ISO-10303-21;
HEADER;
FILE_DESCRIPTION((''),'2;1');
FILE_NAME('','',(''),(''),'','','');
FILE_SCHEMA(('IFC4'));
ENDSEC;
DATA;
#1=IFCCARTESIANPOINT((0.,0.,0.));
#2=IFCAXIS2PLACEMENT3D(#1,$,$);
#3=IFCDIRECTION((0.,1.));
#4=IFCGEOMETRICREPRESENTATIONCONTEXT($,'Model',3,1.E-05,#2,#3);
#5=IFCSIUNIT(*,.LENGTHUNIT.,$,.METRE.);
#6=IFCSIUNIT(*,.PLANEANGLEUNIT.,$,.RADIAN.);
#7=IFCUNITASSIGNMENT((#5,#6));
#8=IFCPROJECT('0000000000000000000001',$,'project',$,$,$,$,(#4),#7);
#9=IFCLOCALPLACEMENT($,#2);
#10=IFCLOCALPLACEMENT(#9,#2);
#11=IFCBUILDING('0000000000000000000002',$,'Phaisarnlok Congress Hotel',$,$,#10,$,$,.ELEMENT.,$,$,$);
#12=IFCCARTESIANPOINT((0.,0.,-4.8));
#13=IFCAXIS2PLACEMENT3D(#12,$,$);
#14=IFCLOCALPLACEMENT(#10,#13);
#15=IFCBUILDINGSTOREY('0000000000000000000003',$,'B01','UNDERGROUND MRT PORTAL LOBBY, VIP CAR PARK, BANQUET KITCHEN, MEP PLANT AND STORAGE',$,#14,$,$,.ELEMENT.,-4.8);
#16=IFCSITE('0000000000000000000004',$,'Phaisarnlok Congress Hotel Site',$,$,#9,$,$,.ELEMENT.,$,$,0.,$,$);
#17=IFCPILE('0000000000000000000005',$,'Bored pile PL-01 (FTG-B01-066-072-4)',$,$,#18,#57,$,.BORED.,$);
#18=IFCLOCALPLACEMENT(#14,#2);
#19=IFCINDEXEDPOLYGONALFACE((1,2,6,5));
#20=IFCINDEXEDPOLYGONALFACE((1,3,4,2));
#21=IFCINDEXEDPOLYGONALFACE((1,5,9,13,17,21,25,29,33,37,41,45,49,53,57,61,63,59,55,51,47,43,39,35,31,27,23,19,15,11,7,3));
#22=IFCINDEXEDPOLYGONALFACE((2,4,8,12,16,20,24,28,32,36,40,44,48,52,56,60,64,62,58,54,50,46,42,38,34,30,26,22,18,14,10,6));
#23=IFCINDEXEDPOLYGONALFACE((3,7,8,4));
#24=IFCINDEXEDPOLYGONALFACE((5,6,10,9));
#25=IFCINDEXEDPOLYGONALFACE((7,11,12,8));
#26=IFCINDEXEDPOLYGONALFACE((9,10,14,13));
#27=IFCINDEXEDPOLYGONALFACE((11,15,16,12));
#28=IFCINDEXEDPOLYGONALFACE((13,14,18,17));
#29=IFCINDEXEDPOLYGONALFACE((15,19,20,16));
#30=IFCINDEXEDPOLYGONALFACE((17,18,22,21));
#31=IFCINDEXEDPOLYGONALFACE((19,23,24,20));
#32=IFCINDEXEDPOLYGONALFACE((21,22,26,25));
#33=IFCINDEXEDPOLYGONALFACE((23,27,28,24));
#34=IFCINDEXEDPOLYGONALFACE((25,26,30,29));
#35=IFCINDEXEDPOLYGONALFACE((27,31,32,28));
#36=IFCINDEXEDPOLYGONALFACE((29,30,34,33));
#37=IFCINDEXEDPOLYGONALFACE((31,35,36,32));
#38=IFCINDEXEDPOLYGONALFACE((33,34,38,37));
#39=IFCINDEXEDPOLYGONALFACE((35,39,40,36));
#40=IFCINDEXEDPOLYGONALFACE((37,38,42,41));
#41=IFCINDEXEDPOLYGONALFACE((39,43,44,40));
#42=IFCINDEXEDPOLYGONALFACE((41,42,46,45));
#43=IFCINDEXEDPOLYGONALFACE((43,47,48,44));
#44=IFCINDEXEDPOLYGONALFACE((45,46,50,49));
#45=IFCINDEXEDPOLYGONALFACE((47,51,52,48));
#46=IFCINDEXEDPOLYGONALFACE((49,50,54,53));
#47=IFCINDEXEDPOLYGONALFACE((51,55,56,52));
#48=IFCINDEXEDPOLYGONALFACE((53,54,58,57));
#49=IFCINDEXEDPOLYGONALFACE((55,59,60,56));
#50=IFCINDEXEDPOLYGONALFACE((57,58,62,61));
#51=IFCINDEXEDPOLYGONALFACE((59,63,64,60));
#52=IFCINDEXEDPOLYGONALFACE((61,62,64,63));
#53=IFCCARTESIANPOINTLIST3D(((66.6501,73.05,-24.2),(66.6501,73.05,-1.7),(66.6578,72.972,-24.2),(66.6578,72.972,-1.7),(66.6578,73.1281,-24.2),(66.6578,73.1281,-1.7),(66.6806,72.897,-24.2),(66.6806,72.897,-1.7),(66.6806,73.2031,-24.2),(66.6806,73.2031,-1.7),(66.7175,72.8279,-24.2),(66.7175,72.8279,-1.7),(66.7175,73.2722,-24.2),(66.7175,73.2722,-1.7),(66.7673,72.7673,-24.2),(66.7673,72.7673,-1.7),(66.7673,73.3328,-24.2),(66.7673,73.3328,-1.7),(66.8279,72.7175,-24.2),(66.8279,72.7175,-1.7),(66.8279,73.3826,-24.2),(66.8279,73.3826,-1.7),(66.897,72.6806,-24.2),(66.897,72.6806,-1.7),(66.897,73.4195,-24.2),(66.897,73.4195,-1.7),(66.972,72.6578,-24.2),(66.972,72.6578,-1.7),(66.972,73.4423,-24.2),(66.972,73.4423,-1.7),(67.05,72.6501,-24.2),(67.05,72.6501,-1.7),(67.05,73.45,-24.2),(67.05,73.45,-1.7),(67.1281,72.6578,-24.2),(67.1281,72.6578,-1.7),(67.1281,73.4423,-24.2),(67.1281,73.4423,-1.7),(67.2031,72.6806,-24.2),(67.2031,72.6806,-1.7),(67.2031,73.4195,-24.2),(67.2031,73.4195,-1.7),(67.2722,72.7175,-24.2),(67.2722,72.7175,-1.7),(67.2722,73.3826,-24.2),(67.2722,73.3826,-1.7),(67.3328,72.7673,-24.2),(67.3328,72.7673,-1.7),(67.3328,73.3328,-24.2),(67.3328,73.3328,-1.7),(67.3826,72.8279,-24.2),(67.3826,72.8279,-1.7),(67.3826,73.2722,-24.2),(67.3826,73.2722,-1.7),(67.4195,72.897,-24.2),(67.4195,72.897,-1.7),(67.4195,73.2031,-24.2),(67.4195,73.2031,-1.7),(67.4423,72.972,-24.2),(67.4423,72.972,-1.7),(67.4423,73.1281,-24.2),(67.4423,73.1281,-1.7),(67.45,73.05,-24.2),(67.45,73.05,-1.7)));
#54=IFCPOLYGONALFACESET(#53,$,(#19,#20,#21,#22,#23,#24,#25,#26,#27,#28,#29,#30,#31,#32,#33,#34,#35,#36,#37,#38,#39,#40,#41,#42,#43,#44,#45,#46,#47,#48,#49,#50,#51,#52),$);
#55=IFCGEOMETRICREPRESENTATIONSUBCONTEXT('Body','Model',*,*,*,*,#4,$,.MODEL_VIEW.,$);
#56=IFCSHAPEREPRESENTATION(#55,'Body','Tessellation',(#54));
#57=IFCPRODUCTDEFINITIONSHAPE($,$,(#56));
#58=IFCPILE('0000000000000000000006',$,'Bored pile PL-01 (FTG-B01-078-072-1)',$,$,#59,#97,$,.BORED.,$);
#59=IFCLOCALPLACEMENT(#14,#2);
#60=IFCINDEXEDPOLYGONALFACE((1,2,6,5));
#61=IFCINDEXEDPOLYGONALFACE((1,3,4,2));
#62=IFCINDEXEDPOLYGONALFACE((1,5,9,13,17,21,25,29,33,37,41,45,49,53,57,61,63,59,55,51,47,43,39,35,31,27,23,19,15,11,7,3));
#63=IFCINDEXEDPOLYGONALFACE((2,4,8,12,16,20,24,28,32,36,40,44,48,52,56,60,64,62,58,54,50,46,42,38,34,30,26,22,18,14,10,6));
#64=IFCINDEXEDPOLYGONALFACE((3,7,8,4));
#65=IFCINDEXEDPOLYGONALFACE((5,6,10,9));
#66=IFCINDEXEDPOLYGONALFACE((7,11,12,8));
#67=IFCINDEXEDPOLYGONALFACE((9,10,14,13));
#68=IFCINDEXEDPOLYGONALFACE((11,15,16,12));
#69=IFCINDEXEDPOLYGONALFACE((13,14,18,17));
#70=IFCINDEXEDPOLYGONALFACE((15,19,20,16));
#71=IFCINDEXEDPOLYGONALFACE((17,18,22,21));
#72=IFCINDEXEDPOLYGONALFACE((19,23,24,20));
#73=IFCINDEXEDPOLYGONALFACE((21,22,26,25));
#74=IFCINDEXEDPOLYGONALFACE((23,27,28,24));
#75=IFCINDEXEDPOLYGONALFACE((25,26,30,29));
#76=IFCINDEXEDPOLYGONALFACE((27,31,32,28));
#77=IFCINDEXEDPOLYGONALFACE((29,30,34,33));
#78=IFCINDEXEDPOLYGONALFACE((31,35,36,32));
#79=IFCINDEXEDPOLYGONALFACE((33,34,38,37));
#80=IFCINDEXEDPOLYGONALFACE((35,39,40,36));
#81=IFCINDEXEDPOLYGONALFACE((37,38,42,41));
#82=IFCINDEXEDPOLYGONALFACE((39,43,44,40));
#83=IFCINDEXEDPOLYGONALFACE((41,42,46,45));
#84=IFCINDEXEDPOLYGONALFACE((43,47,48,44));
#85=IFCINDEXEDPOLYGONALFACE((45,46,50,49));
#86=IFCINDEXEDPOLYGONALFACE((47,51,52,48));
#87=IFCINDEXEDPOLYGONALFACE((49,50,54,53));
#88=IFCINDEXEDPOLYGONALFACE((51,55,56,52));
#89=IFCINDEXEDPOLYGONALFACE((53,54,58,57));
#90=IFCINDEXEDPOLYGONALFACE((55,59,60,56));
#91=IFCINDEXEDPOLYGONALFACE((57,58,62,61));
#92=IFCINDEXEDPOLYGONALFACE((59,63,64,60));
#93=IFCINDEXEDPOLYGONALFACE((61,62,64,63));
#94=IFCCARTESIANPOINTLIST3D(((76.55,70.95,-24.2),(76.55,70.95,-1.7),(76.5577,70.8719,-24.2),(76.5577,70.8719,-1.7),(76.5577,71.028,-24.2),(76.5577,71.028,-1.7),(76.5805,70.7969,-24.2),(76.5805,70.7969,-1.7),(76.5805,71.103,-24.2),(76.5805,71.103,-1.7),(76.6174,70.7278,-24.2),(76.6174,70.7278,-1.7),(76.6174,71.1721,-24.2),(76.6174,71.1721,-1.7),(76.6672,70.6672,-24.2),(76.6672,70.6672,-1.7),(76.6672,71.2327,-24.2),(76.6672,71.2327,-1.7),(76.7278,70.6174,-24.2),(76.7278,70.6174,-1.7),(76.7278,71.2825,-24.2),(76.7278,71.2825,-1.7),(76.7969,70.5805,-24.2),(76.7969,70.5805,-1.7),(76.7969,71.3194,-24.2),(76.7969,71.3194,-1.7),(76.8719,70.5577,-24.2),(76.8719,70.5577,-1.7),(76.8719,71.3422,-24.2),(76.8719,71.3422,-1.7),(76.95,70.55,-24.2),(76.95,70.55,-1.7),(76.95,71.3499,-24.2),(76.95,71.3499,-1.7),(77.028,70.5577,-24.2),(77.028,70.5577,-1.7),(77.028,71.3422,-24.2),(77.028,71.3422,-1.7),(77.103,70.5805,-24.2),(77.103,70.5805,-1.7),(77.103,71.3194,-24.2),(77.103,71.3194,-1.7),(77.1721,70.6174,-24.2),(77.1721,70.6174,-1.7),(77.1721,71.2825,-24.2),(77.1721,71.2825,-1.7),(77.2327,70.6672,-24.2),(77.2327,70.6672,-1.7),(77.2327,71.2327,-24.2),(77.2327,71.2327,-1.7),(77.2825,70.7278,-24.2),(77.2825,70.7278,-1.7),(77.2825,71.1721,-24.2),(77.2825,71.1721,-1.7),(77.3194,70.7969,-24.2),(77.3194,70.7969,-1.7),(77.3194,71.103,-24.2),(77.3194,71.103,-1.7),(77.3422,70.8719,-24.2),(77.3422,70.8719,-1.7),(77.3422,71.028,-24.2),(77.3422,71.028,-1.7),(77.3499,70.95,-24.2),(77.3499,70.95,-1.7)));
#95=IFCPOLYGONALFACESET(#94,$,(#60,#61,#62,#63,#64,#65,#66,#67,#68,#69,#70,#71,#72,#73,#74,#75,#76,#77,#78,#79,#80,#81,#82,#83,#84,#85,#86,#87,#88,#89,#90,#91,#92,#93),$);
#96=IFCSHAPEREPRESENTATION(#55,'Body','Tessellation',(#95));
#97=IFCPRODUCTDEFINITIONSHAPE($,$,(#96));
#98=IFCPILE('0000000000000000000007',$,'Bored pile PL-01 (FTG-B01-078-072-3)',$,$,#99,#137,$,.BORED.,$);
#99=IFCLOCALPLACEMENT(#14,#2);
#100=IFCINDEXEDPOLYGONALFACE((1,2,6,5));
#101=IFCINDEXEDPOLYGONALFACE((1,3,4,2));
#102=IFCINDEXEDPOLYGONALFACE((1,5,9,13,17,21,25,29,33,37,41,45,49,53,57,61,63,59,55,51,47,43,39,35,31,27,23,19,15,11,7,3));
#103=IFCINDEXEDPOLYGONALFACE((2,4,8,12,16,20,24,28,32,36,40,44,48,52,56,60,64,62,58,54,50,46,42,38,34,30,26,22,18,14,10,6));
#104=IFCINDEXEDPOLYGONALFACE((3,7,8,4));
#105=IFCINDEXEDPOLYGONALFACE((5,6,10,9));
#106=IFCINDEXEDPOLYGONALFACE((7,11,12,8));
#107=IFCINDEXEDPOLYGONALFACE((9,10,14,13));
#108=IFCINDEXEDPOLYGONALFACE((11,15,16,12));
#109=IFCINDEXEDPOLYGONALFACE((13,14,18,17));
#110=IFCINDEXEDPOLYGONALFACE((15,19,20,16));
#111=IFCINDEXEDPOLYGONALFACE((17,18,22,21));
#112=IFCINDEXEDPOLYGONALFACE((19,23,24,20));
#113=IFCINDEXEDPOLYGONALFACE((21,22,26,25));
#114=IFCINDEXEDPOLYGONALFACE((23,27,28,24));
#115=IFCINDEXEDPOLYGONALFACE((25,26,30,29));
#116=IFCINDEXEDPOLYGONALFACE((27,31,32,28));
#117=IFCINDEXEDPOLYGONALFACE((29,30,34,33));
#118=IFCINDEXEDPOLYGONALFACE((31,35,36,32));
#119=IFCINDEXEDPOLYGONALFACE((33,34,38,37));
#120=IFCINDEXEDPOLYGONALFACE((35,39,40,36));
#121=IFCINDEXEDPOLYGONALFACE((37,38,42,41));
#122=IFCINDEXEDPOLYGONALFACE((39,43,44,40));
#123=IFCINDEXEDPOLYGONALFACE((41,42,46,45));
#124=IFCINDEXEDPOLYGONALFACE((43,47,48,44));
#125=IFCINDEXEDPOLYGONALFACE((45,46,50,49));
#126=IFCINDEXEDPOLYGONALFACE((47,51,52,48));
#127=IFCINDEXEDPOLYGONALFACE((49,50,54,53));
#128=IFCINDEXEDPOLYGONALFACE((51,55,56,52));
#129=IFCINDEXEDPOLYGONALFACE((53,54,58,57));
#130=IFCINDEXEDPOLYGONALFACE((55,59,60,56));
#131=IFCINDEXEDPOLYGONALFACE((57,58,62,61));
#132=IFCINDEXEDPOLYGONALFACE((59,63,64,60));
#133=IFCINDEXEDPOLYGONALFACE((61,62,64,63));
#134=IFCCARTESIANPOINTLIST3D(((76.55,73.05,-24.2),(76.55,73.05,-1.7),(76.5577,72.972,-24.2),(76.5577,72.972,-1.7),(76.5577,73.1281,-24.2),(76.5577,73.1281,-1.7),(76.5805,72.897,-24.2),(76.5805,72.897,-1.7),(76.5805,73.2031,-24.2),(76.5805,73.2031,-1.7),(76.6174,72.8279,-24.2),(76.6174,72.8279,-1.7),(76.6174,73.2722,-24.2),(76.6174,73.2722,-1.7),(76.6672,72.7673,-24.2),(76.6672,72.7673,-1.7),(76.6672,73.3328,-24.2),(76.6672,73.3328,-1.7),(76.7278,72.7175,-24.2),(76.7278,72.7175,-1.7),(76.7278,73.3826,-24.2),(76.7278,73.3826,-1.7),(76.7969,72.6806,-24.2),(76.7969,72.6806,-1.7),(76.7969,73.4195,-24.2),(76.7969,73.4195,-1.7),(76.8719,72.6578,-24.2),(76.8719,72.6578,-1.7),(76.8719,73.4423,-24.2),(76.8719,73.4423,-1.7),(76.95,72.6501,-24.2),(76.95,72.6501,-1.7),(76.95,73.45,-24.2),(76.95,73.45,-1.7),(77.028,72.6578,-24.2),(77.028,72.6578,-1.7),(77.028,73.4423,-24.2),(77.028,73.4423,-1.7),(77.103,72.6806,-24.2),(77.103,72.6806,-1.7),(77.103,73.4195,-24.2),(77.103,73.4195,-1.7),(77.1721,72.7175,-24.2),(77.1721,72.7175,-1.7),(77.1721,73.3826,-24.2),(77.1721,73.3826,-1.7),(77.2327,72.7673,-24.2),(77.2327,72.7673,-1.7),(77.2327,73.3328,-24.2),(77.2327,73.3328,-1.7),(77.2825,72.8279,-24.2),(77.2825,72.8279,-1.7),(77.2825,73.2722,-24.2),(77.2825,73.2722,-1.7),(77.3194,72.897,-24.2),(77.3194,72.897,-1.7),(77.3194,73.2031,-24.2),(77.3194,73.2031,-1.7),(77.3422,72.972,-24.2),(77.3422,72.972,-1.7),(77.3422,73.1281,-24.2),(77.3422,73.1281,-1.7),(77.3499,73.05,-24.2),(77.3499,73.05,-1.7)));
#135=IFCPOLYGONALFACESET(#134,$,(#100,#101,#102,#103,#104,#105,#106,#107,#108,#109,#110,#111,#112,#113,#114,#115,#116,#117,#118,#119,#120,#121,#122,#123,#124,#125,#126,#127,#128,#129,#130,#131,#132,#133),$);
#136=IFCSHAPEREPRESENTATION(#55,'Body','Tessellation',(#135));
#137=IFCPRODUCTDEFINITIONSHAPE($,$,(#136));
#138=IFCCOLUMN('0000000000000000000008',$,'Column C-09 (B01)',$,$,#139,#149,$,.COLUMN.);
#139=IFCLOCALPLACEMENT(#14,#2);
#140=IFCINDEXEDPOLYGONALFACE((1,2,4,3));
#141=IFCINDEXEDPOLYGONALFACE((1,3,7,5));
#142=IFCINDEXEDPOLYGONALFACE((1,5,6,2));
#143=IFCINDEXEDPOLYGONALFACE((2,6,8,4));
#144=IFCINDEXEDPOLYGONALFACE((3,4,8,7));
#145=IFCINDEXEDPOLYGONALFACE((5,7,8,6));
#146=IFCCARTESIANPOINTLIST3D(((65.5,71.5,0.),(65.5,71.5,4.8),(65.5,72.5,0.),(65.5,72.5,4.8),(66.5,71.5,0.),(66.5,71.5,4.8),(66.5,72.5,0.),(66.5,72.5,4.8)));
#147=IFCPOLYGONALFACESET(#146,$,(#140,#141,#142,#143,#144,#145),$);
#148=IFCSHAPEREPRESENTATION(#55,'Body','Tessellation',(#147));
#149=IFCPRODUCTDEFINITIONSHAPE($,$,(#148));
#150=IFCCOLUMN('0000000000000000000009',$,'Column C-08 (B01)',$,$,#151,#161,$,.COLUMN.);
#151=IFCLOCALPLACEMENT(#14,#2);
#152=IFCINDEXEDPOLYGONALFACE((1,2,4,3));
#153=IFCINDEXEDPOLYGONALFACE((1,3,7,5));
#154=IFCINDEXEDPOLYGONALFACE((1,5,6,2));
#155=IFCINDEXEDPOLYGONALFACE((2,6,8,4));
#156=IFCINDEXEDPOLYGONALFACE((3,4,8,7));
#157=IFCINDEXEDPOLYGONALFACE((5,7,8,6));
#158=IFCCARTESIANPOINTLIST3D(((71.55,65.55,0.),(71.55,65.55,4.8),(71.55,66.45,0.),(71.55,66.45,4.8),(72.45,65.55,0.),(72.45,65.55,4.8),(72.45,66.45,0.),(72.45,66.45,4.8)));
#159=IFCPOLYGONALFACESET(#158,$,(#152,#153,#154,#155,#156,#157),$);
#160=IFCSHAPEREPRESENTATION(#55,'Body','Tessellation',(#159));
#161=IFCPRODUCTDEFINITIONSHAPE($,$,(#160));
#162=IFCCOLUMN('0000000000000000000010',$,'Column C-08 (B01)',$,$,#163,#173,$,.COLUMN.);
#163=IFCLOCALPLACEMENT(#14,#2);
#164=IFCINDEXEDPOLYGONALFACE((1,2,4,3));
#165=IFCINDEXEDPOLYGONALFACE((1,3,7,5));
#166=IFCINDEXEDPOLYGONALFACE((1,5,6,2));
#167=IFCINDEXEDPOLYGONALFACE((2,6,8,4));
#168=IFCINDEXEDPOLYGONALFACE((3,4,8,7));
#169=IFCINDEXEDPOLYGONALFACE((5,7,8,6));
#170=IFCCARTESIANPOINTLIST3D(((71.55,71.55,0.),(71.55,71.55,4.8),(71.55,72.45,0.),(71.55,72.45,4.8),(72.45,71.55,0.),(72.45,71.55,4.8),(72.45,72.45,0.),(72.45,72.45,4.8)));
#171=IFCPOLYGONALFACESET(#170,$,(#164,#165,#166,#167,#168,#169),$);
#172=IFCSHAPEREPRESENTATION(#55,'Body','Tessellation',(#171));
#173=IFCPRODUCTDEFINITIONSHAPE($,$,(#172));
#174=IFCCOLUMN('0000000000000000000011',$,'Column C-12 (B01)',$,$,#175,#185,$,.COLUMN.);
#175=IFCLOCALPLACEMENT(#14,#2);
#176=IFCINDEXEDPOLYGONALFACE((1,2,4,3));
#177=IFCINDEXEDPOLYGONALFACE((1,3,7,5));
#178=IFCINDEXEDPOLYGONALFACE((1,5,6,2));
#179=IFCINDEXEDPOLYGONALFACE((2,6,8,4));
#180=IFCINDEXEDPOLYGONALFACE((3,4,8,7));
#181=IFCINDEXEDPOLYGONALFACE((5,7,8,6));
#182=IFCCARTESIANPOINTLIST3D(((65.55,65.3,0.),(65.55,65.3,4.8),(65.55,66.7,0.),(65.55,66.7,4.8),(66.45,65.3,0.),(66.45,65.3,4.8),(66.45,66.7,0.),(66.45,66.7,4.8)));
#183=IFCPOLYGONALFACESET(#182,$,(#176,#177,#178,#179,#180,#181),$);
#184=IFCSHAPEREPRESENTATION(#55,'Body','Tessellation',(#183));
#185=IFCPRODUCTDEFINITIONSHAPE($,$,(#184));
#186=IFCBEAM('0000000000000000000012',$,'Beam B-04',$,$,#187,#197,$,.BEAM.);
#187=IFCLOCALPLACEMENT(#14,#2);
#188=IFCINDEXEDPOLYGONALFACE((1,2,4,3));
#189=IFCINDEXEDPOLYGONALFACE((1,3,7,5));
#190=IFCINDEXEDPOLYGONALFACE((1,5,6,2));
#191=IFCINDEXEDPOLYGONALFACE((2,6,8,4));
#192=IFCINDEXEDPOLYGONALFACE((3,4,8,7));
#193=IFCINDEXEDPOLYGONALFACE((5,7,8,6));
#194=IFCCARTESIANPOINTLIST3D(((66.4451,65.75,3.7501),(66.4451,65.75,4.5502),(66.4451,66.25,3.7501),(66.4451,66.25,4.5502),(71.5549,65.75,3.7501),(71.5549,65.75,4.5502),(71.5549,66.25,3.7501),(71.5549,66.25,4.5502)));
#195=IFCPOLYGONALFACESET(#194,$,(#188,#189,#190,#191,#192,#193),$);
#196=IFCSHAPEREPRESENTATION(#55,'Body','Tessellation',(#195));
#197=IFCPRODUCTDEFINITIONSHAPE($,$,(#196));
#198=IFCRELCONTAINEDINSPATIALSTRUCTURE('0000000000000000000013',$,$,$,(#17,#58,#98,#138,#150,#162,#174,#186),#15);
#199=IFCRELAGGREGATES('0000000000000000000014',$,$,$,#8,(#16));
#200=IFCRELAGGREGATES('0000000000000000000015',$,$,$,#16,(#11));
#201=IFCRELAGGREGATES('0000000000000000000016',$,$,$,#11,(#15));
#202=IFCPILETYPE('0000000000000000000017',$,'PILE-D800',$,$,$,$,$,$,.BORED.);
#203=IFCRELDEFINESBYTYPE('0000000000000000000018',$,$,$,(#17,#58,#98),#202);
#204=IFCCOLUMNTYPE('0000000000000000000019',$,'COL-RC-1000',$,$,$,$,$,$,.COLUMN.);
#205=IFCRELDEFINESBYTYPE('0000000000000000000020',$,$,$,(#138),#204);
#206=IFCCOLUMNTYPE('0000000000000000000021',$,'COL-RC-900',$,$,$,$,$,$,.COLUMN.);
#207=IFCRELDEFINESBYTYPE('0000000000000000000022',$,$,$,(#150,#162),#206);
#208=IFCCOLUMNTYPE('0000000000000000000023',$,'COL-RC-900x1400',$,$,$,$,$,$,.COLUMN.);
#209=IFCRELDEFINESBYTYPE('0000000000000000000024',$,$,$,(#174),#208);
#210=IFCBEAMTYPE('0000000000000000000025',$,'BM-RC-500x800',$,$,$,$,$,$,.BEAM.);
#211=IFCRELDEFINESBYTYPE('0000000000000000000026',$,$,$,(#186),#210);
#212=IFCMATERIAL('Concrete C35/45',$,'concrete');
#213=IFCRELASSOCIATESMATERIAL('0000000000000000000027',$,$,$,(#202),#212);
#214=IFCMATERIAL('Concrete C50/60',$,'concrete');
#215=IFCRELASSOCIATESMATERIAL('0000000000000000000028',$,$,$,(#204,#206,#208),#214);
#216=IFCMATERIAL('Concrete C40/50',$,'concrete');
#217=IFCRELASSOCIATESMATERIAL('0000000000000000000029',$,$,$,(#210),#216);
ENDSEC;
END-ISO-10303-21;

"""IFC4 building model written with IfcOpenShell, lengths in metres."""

from ifc_helpers import new_model, si_unit, direction, frame, origin, origin_2d, place, context, subcontext, project, spatial, rectangle, circle, extrude, material, material_profile, profile_set, type_object, element, save


model = new_model("IFC4")

# Units and contexts
model_context = context("Model", 3, precision=1e-05, world=origin(), true_north=direction((0.0, 1.0)))
body_context = subcontext(model_context, "Body", "Model", "MODEL_VIEW")
ifc_project = project(units=[si_unit("LENGTHUNIT", "METRE"), si_unit("PLANEANGLEUNIT", "RADIAN")], contexts=[model_context])

# Site, building, storey
site_placement = place(None, origin())
site = spatial("IfcSite", under=ifc_project, at=site_placement, Name="Phaisarnlok Congress Hotel Site", CompositionType="ELEMENT", RefElevation=0.0)
building_placement = place(site_placement, origin())
building = spatial("IfcBuilding", under=site, at=building_placement, Name="Phaisarnlok Congress Hotel", CompositionType="ELEMENT")
storey_placement = place(building_placement, frame((0.0, 0.0, -4.8)))
storey = spatial("IfcBuildingStorey", under=building, at=storey_placement, Name="B01", Description="UNDERGROUND MRT PORTAL LOBBY, VIP CAR PARK, BANQUET KITCHEN, MEP PLANT AND STORAGE", CompositionType="ELEMENT", Elevation=-4.8)

# Shared definitions
ifc_material_1 = material(Name="Concrete C40/50", Category="concrete")

# Piles
ifc_material_2 = material(Name="Concrete C35/45", Category="concrete")
ifc_material_profile_1 = material_profile(ifc_material_2, circle(Radius=0.3999, at=origin_2d()), Name="BORED PILE D800")
ifc_profile_set_1 = profile_set([ifc_material_profile_1], Name="Concrete C35/45")
pile_type_1 = type_object("IfcPileType", Name="PILE-D800", PredefinedType="BORED", material=ifc_profile_set_1)
for number, where, z_axis, x_axis, name in (
    (1, (67.05, 73.05, -1.7), (0.0, 0.0, -1.0), (1.0, 0.0, 0.0), "Bored pile PL-01 (FTG-B01-066-072-4)"),
    (2, (76.95, 70.95, -1.7), (0.0, 0.0, -1.0), (1.0, 0.0, 0.0), "Bored pile PL-01 (FTG-B01-078-072-1)"),
    (3, (76.95, 73.05, -1.7), (0.0, 0.0, -1.0), (1.0, 0.0, 0.0), "Bored pile PL-01 (FTG-B01-078-072-3)"),
):
    element("IfcPile", number, at=place(storey_placement, frame(where, z_axis=z_axis, x_axis=x_axis)), inside=storey, type_object=pile_type_1, Name=name, PredefinedType="BORED", context=body_context, shape_type="SweptSolid", body=[
        extrude(circle(Radius=0.3999, at=origin_2d()), origin(), (0.0, 0.0, 1.0), 22.5),
    ])

# Columns
ifc_material_3 = material(Name="Concrete C50/60", Category="concrete")
ifc_material_profile_2 = material_profile(ifc_material_3, rectangle(XDim=1.0, YDim=1.0, at=origin_2d()), Name="RC 1000x1000")
ifc_profile_set_2 = profile_set([ifc_material_profile_2], Name="Concrete C50/60")
column_type_1 = type_object("IfcColumnType", Name="COL-RC-1000", PredefinedType="COLUMN", material=ifc_profile_set_2)
column_1_placement = place(storey_placement, frame((66.0, 72.0, 0.0), z_axis=(0.0, 0.0, 1.0), x_axis=(1.0, 0.0, 0.0)))
element("IfcColumn", 4, at=column_1_placement, inside=storey, type_object=column_type_1, Name="Column C-09 (B01)", PredefinedType="COLUMN", context=body_context, shape_type="SweptSolid", body=[
    extrude(rectangle(XDim=1.0, YDim=1.0, at=origin_2d()), origin(), (0.0, 0.0, 1.0), 4.8),
])
ifc_material_profile_3 = material_profile(ifc_material_3, rectangle(XDim=0.8999, YDim=0.8999, at=origin_2d()), Name="RC 900x900")
ifc_profile_set_3 = profile_set([ifc_material_profile_3], Name="Concrete C50/60")
column_type_2 = type_object("IfcColumnType", Name="COL-RC-900", PredefinedType="COLUMN", material=ifc_profile_set_3)
for number, where, z_axis, x_axis, name in (
    (5, (72.0, 66.0, 0.0), (0.0, 0.0, 1.0), (1.0, 0.0, 0.0), "Column C-08 (B01)"),
    (6, (72.0, 72.0, 0.0), (0.0, 0.0, 1.0), (1.0, 0.0, 0.0), "Column C-08 (B01)"),
):
    element("IfcColumn", number, at=place(storey_placement, frame(where, z_axis=z_axis, x_axis=x_axis)), inside=storey, type_object=column_type_2, Name=name, PredefinedType="COLUMN", context=body_context, shape_type="SweptSolid", body=[
        extrude(rectangle(XDim=0.8999, YDim=0.8999, at=origin_2d()), origin(), (0.0, 0.0, 1.0), 4.8),
    ])
ifc_material_profile_4 = material_profile(ifc_material_3, rectangle(XDim=0.8999, YDim=1.3999, at=origin_2d()), Name="RC 900x1400")
ifc_profile_set_4 = profile_set([ifc_material_profile_4], Name="Concrete C50/60")
column_type_3 = type_object("IfcColumnType", Name="COL-RC-900x1400", PredefinedType="COLUMN", material=ifc_profile_set_4)
column_2_placement = place(storey_placement, frame((66.0, 66.0, 0.0), z_axis=(0.0, 0.0, 1.0), x_axis=(1.0, 0.0, 0.0)))
element("IfcColumn", 7, at=column_2_placement, inside=storey, type_object=column_type_3, Name="Column C-12 (B01)", PredefinedType="COLUMN", context=body_context, shape_type="SweptSolid", body=[
    extrude(rectangle(XDim=0.8999, YDim=1.3999, at=origin_2d()), origin(), (0.0, 0.0, 1.0), 4.8),
])

# Beam
ifc_material_profile_5 = material_profile(ifc_material_1, rectangle(XDim=0.5, YDim=0.8, at=origin_2d()), Name="RC 500x800")
ifc_profile_set_5 = profile_set([ifc_material_profile_5], Name="Concrete C40/50")
beam_type_1 = type_object("IfcBeamType", Name="BM-RC-500x800", PredefinedType="BEAM", material=ifc_profile_set_5)
beam_1_placement = place(storey_placement, frame((66.4451, 66.0, 4.1501), z_axis=(1.0, 0.0, 0.0), x_axis=(0.0, 1.0, 0.0)))
element("IfcBeam", 8, at=beam_1_placement, inside=storey, type_object=beam_type_1, Name="Beam B-04", PredefinedType="BEAM", context=body_context, shape_type="SweptSolid", body=[
    extrude(rectangle(XDim=0.5, YDim=0.8, at=origin_2d()), origin(), (0.0, 0.0, 1.0), 5.1099),
])

save(model, "model.ifc")
